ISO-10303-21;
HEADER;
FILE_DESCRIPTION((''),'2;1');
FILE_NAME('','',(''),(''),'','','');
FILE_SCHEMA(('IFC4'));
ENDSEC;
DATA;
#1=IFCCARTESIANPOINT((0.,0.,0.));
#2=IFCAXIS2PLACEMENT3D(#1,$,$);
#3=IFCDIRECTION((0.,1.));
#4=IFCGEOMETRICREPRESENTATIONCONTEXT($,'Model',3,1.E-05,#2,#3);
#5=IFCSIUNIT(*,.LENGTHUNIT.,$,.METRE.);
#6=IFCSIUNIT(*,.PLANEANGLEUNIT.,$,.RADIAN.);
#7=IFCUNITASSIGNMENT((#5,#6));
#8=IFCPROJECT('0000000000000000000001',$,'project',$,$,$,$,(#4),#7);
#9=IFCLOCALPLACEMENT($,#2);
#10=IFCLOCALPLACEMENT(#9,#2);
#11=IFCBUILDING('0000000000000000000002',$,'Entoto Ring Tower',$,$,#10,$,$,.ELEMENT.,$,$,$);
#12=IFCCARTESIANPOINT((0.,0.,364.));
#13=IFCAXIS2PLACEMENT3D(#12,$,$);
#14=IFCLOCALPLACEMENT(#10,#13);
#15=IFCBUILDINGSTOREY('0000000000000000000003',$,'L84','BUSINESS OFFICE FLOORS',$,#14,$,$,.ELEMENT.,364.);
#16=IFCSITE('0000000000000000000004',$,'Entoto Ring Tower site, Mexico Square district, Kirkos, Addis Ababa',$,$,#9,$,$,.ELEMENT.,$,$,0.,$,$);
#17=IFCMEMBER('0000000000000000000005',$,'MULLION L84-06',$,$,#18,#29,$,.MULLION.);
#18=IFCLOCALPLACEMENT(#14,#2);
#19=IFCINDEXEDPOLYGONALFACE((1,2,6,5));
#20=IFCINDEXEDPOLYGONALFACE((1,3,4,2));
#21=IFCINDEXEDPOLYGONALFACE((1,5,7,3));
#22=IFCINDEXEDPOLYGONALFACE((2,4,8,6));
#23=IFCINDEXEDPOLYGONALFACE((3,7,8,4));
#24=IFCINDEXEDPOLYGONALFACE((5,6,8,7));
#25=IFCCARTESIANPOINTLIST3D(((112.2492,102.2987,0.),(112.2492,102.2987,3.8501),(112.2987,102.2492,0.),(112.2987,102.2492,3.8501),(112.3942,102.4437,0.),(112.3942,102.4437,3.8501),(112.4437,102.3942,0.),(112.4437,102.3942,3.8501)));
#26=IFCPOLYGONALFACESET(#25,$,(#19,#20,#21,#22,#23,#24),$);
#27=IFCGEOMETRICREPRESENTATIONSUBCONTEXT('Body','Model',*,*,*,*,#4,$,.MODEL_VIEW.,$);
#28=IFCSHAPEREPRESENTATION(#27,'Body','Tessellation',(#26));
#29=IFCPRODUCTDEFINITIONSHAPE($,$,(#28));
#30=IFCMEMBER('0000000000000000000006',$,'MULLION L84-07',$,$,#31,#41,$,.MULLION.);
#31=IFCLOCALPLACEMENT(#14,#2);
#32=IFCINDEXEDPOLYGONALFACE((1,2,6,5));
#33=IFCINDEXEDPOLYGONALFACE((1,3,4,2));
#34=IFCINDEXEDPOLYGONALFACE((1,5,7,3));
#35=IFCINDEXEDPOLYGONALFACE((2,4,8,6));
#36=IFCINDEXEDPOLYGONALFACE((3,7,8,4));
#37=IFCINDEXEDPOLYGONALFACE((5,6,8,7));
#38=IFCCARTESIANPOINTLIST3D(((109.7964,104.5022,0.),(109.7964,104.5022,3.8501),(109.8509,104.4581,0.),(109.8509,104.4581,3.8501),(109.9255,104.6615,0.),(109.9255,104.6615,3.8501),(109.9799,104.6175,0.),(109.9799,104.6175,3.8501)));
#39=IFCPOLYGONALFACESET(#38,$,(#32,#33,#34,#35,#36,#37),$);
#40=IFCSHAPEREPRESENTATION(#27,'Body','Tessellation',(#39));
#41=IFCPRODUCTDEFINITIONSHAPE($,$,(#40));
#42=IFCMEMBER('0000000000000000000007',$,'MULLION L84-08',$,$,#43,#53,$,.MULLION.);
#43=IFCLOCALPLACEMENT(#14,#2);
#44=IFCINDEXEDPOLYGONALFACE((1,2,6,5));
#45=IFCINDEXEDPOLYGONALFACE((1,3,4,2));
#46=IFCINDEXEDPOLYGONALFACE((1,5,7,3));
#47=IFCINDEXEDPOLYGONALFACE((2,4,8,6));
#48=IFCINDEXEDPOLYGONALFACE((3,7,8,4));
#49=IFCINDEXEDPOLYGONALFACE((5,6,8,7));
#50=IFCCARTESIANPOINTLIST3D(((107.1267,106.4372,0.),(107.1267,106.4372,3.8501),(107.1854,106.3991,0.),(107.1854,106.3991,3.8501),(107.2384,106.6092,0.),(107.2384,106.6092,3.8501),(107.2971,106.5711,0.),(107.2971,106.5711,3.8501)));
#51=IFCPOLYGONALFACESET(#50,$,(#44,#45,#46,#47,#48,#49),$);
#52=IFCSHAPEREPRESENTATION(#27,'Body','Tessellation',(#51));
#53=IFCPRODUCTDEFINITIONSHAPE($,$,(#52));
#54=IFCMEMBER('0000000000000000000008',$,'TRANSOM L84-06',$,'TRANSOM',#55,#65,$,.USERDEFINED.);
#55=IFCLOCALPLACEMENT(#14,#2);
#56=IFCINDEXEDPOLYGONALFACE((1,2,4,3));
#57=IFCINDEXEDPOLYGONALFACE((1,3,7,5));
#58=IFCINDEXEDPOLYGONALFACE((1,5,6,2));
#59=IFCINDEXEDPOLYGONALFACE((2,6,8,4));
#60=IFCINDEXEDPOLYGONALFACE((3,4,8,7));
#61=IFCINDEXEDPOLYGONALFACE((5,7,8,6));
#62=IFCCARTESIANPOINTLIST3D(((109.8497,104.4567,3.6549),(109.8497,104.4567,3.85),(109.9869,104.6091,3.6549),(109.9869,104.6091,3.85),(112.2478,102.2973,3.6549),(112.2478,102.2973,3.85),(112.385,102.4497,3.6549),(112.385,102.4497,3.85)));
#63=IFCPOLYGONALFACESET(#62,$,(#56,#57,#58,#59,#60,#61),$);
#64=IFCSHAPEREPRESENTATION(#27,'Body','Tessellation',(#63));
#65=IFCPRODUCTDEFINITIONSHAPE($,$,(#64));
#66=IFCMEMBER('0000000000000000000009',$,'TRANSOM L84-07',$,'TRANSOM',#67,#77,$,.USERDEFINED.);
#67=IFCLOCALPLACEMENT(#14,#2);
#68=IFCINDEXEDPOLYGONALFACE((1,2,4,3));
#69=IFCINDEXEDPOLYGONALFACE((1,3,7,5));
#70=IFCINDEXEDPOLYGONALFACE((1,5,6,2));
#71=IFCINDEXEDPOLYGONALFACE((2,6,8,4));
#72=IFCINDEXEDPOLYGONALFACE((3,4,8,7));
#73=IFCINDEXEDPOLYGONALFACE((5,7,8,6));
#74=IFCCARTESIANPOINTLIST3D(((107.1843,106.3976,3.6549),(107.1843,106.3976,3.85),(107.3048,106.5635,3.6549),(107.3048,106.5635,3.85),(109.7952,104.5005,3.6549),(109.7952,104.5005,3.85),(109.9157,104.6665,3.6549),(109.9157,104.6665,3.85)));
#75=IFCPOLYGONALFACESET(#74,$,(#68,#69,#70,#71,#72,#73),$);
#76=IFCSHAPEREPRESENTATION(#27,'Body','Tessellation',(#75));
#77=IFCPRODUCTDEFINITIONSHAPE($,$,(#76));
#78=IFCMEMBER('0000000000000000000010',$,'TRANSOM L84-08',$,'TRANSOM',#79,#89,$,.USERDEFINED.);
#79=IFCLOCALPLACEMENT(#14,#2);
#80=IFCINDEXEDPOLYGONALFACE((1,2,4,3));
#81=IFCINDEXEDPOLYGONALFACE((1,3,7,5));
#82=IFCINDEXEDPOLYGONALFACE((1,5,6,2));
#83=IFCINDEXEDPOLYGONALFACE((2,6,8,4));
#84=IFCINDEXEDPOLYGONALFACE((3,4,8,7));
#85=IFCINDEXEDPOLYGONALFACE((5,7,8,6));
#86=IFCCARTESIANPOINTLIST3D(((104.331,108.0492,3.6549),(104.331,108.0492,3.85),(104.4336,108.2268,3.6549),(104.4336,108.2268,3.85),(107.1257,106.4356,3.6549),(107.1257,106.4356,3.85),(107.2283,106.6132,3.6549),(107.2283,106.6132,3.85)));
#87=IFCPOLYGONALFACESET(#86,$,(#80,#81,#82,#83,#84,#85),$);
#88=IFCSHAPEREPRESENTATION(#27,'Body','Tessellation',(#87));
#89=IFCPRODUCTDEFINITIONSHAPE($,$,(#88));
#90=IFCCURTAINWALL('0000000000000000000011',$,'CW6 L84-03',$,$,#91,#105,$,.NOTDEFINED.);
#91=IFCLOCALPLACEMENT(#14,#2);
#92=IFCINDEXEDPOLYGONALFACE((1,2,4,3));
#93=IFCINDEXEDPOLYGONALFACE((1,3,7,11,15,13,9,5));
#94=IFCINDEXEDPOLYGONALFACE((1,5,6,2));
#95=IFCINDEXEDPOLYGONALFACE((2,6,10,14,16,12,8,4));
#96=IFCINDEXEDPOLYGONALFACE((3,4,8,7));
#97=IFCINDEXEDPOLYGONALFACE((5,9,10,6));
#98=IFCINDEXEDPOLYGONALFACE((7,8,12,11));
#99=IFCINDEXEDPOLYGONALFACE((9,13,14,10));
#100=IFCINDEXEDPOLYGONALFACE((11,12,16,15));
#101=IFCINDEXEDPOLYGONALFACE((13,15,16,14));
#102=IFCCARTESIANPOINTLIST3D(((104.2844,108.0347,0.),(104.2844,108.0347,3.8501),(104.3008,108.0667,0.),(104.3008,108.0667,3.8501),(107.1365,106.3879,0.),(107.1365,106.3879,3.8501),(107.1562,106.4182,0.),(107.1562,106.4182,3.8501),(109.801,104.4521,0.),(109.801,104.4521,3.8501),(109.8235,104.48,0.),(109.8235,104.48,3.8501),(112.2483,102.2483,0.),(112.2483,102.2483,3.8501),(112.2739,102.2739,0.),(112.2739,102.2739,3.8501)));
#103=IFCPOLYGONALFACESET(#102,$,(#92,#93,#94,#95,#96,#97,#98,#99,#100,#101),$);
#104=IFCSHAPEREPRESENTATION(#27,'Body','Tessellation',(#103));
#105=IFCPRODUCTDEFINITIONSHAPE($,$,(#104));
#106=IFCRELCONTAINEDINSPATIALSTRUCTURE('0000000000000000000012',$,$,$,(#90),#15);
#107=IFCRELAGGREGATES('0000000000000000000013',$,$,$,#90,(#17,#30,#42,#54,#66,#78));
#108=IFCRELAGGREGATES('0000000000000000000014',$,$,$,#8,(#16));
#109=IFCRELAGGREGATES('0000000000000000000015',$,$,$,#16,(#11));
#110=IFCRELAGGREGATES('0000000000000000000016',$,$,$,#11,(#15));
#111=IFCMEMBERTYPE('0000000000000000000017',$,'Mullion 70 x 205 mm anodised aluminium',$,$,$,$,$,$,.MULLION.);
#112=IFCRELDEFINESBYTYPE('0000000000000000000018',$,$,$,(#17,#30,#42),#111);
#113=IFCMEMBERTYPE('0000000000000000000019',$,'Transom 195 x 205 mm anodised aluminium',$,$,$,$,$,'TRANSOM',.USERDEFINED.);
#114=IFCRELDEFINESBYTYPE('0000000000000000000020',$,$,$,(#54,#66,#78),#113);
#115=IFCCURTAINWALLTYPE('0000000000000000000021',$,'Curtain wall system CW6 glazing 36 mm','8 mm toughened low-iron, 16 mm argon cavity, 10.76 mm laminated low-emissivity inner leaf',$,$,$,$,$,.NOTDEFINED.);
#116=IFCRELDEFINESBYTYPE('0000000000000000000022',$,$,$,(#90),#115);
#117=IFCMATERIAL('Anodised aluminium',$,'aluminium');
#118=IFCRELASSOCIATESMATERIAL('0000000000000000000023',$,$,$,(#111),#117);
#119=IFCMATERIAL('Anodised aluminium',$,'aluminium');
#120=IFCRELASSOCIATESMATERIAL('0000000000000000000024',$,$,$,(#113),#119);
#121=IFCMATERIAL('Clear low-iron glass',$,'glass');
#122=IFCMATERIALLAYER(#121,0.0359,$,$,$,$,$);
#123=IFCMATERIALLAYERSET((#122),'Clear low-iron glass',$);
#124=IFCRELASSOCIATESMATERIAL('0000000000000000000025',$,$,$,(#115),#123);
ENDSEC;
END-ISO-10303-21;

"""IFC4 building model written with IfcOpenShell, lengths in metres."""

from ifc_helpers import new_model, si_unit, direction, frame, origin, origin_2d, place, context, subcontext, project, spatial, polyline, rectangle, outline, extrude, material, layer, layer_set, material_profile, profile_set, type_object, element, aggregate, save


model = new_model("IFC4")

# Units and contexts
model_context = context("Model", 3, precision=1e-05, world=origin(), true_north=direction((0.0, 1.0)))
body_context = subcontext(model_context, "Body", "Model", "MODEL_VIEW")
ifc_project = project(units=[si_unit("LENGTHUNIT", "METRE"), si_unit("PLANEANGLEUNIT", "RADIAN")], contexts=[model_context])

# Members
ifc_material_1 = material(Name="Anodised aluminium", Category="aluminium")
ifc_material_profile_1 = material_profile(ifc_material_1, rectangle(XDim=0.0701, YDim=0.2051, at=origin_2d()), Name="Mullion 70 x 205 mm anodised aluminium")
ifc_profile_set_1 = profile_set([ifc_material_profile_1], Name="Anodised aluminium")
member_type_1 = type_object("IfcMemberType", Name="Mullion 70 x 205 mm anodised aluminium", PredefinedType="MULLION", material=ifc_profile_set_1)
site_placement = place(None, origin())
building_placement = place(site_placement, origin())
storey_placement = place(building_placement, frame((0.0, 0.0, 364.0)))
member_1_placement = place(storey_placement, frame((112.3464, 102.3464, 0.0), z_axis=(0.0, 0.0, 1.0), x_axis=(-0.707107, 0.707107, 0.0)))
member_1 = element("IfcMember", 1, at=member_1_placement, type_object=member_type_1, Name="MULLION L84-06", PredefinedType="MULLION", context=body_context, shape_type="SweptSolid", body=[
    extrude(rectangle(XDim=0.0701, YDim=0.2051, at=origin_2d()), origin(), (0.0, 0.0, 1.0), 3.8501),
])
member_2_placement = place(storey_placement, frame((109.8882, 104.5598, 0.0), z_axis=(0.0, 0.0, 1.0), x_axis=(-0.777146, 0.62932, 0.0)))
member_2 = element("IfcMember", 2, at=member_2_placement, type_object=member_type_1, Name="MULLION L84-07", PredefinedType="MULLION", context=body_context, shape_type="SweptSolid", body=[
    extrude(rectangle(XDim=0.0701, YDim=0.2051, at=origin_2d()), origin(), (0.0, 0.0, 1.0), 3.8501),
])
member_3_placement = place(storey_placement, frame((107.2119, 106.5042, 0.0), z_axis=(0.0, 0.0, 1.0), x_axis=(-0.838671, 0.544639, 0.0)))
member_3 = element("IfcMember", 3, at=member_3_placement, type_object=member_type_1, Name="MULLION L84-08", PredefinedType="MULLION", context=body_context, shape_type="SweptSolid", body=[
    extrude(rectangle(XDim=0.0701, YDim=0.2051, at=origin_2d()), origin(), (0.0, 0.0, 1.0), 3.8501),
])
ifc_material_2 = material(Name="Anodised aluminium", Category="aluminium")
ifc_material_profile_2 = material_profile(ifc_material_2, rectangle(XDim=0.2051, YDim=0.1951, at=origin_2d()), Name="Transom 195 x 205 mm anodised aluminium")
ifc_profile_set_2 = profile_set([ifc_material_profile_2], Name="Anodised aluminium")
member_type_2 = type_object("IfcMemberType", Name="Transom 195 x 205 mm anodised aluminium", ElementType="TRANSOM", PredefinedType="USERDEFINED", material=ifc_profile_set_2)
member_4_placement = place(storey_placement, frame((112.3164, 102.3735, 3.7524), z_axis=(-0.743132, 0.669144, 0.0), x_axis=(-0.669144, -0.743132, 0.0)))
member_4 = element("IfcMember", 4, at=member_4_placement, type_object=member_type_2, Name="TRANSOM L84-06", ObjectType="TRANSOM", PredefinedType="USERDEFINED", context=body_context, shape_type="SweptSolid", body=[
    extrude(rectangle(XDim=0.2051, YDim=0.1951, at=origin_2d()), origin(), (0.0, 0.0, 1.0), 3.2271),
])
member_5_placement = place(storey_placement, frame((109.8555, 104.5835, 3.7524), z_axis=(-0.809004, 0.587803, 0.0), x_axis=(-0.587803, -0.809004, 0.0)))
member_5 = element("IfcMember", 5, at=member_5_placement, type_object=member_type_2, Name="TRANSOM L84-07", ObjectType="TRANSOM", PredefinedType="USERDEFINED", context=body_context, shape_type="SweptSolid", body=[
    extrude(rectangle(XDim=0.2051, YDim=0.1951, at=origin_2d()), origin(), (0.0, 0.0, 1.0), 3.2273),
])
member_6_placement = place(storey_placement, frame((107.177, 106.5244, 3.7524), z_axis=(-0.866023, 0.500004, 0.0), x_axis=(-0.500004, -0.866023, 0.0)))
member_6 = element("IfcMember", 6, at=member_6_placement, type_object=member_type_2, Name="TRANSOM L84-08", ObjectType="TRANSOM", PredefinedType="USERDEFINED", context=body_context, shape_type="SweptSolid", body=[
    extrude(rectangle(XDim=0.2051, YDim=0.1951, at=origin_2d()), origin(), (0.0, 0.0, 1.0), 3.2271),
])

# Site, building, storey
site = spatial("IfcSite", under=ifc_project, at=site_placement, Name="Entoto Ring Tower site, Mexico Square district, Kirkos, Addis Ababa", CompositionType="ELEMENT", RefElevation=0.0)
building = spatial("IfcBuilding", under=site, at=building_placement, Name="Entoto Ring Tower", CompositionType="ELEMENT")
storey = spatial("IfcBuildingStorey", under=building, at=storey_placement, Name="L84", Description="BUSINESS OFFICE FLOORS", CompositionType="ELEMENT", Elevation=364.0)

# Curtain wall
ifc_material_3 = material(Name="Clear low-iron glass", Category="glass")
ifc_layer = layer(ifc_material_3, 0.0359)
ifc_layer_set = layer_set([ifc_layer], Name="Clear low-iron glass")
curtain_wall_type = type_object("IfcCurtainWallType", Name="Curtain wall system CW6 glazing 36 mm", Description="8 mm toughened low-iron, 16 mm argon cavity, 10.76 mm laminated low-emissivity inner leaf", PredefinedType="NOTDEFINED", material=ifc_layer_set)
curtain_wall_1_placement = place(storey_placement, origin())
curtain_wall_1 = element("IfcCurtainWall", 7, at=curtain_wall_1_placement, inside=storey, type_object=curtain_wall_type, Name="CW6 L84-03", PredefinedType="NOTDEFINED", context=body_context, shape_type="SweptSolid", body=[
    extrude(outline(polyline([(112.2739, 102.2739), (109.8235, 104.48), (107.1562, 106.4182), (104.3008, 108.0667), (104.2844, 108.0347), (107.1365, 106.3879), (109.801, 104.4521), (112.2483, 102.2483), (112.2739, 102.2739)])), origin(), (0.0, 0.0, 1.0), 3.8501),
])
aggregate(curtain_wall_1, [member_1, member_2, member_3, member_4, member_5, member_6])

save(model, "model.ifc")
